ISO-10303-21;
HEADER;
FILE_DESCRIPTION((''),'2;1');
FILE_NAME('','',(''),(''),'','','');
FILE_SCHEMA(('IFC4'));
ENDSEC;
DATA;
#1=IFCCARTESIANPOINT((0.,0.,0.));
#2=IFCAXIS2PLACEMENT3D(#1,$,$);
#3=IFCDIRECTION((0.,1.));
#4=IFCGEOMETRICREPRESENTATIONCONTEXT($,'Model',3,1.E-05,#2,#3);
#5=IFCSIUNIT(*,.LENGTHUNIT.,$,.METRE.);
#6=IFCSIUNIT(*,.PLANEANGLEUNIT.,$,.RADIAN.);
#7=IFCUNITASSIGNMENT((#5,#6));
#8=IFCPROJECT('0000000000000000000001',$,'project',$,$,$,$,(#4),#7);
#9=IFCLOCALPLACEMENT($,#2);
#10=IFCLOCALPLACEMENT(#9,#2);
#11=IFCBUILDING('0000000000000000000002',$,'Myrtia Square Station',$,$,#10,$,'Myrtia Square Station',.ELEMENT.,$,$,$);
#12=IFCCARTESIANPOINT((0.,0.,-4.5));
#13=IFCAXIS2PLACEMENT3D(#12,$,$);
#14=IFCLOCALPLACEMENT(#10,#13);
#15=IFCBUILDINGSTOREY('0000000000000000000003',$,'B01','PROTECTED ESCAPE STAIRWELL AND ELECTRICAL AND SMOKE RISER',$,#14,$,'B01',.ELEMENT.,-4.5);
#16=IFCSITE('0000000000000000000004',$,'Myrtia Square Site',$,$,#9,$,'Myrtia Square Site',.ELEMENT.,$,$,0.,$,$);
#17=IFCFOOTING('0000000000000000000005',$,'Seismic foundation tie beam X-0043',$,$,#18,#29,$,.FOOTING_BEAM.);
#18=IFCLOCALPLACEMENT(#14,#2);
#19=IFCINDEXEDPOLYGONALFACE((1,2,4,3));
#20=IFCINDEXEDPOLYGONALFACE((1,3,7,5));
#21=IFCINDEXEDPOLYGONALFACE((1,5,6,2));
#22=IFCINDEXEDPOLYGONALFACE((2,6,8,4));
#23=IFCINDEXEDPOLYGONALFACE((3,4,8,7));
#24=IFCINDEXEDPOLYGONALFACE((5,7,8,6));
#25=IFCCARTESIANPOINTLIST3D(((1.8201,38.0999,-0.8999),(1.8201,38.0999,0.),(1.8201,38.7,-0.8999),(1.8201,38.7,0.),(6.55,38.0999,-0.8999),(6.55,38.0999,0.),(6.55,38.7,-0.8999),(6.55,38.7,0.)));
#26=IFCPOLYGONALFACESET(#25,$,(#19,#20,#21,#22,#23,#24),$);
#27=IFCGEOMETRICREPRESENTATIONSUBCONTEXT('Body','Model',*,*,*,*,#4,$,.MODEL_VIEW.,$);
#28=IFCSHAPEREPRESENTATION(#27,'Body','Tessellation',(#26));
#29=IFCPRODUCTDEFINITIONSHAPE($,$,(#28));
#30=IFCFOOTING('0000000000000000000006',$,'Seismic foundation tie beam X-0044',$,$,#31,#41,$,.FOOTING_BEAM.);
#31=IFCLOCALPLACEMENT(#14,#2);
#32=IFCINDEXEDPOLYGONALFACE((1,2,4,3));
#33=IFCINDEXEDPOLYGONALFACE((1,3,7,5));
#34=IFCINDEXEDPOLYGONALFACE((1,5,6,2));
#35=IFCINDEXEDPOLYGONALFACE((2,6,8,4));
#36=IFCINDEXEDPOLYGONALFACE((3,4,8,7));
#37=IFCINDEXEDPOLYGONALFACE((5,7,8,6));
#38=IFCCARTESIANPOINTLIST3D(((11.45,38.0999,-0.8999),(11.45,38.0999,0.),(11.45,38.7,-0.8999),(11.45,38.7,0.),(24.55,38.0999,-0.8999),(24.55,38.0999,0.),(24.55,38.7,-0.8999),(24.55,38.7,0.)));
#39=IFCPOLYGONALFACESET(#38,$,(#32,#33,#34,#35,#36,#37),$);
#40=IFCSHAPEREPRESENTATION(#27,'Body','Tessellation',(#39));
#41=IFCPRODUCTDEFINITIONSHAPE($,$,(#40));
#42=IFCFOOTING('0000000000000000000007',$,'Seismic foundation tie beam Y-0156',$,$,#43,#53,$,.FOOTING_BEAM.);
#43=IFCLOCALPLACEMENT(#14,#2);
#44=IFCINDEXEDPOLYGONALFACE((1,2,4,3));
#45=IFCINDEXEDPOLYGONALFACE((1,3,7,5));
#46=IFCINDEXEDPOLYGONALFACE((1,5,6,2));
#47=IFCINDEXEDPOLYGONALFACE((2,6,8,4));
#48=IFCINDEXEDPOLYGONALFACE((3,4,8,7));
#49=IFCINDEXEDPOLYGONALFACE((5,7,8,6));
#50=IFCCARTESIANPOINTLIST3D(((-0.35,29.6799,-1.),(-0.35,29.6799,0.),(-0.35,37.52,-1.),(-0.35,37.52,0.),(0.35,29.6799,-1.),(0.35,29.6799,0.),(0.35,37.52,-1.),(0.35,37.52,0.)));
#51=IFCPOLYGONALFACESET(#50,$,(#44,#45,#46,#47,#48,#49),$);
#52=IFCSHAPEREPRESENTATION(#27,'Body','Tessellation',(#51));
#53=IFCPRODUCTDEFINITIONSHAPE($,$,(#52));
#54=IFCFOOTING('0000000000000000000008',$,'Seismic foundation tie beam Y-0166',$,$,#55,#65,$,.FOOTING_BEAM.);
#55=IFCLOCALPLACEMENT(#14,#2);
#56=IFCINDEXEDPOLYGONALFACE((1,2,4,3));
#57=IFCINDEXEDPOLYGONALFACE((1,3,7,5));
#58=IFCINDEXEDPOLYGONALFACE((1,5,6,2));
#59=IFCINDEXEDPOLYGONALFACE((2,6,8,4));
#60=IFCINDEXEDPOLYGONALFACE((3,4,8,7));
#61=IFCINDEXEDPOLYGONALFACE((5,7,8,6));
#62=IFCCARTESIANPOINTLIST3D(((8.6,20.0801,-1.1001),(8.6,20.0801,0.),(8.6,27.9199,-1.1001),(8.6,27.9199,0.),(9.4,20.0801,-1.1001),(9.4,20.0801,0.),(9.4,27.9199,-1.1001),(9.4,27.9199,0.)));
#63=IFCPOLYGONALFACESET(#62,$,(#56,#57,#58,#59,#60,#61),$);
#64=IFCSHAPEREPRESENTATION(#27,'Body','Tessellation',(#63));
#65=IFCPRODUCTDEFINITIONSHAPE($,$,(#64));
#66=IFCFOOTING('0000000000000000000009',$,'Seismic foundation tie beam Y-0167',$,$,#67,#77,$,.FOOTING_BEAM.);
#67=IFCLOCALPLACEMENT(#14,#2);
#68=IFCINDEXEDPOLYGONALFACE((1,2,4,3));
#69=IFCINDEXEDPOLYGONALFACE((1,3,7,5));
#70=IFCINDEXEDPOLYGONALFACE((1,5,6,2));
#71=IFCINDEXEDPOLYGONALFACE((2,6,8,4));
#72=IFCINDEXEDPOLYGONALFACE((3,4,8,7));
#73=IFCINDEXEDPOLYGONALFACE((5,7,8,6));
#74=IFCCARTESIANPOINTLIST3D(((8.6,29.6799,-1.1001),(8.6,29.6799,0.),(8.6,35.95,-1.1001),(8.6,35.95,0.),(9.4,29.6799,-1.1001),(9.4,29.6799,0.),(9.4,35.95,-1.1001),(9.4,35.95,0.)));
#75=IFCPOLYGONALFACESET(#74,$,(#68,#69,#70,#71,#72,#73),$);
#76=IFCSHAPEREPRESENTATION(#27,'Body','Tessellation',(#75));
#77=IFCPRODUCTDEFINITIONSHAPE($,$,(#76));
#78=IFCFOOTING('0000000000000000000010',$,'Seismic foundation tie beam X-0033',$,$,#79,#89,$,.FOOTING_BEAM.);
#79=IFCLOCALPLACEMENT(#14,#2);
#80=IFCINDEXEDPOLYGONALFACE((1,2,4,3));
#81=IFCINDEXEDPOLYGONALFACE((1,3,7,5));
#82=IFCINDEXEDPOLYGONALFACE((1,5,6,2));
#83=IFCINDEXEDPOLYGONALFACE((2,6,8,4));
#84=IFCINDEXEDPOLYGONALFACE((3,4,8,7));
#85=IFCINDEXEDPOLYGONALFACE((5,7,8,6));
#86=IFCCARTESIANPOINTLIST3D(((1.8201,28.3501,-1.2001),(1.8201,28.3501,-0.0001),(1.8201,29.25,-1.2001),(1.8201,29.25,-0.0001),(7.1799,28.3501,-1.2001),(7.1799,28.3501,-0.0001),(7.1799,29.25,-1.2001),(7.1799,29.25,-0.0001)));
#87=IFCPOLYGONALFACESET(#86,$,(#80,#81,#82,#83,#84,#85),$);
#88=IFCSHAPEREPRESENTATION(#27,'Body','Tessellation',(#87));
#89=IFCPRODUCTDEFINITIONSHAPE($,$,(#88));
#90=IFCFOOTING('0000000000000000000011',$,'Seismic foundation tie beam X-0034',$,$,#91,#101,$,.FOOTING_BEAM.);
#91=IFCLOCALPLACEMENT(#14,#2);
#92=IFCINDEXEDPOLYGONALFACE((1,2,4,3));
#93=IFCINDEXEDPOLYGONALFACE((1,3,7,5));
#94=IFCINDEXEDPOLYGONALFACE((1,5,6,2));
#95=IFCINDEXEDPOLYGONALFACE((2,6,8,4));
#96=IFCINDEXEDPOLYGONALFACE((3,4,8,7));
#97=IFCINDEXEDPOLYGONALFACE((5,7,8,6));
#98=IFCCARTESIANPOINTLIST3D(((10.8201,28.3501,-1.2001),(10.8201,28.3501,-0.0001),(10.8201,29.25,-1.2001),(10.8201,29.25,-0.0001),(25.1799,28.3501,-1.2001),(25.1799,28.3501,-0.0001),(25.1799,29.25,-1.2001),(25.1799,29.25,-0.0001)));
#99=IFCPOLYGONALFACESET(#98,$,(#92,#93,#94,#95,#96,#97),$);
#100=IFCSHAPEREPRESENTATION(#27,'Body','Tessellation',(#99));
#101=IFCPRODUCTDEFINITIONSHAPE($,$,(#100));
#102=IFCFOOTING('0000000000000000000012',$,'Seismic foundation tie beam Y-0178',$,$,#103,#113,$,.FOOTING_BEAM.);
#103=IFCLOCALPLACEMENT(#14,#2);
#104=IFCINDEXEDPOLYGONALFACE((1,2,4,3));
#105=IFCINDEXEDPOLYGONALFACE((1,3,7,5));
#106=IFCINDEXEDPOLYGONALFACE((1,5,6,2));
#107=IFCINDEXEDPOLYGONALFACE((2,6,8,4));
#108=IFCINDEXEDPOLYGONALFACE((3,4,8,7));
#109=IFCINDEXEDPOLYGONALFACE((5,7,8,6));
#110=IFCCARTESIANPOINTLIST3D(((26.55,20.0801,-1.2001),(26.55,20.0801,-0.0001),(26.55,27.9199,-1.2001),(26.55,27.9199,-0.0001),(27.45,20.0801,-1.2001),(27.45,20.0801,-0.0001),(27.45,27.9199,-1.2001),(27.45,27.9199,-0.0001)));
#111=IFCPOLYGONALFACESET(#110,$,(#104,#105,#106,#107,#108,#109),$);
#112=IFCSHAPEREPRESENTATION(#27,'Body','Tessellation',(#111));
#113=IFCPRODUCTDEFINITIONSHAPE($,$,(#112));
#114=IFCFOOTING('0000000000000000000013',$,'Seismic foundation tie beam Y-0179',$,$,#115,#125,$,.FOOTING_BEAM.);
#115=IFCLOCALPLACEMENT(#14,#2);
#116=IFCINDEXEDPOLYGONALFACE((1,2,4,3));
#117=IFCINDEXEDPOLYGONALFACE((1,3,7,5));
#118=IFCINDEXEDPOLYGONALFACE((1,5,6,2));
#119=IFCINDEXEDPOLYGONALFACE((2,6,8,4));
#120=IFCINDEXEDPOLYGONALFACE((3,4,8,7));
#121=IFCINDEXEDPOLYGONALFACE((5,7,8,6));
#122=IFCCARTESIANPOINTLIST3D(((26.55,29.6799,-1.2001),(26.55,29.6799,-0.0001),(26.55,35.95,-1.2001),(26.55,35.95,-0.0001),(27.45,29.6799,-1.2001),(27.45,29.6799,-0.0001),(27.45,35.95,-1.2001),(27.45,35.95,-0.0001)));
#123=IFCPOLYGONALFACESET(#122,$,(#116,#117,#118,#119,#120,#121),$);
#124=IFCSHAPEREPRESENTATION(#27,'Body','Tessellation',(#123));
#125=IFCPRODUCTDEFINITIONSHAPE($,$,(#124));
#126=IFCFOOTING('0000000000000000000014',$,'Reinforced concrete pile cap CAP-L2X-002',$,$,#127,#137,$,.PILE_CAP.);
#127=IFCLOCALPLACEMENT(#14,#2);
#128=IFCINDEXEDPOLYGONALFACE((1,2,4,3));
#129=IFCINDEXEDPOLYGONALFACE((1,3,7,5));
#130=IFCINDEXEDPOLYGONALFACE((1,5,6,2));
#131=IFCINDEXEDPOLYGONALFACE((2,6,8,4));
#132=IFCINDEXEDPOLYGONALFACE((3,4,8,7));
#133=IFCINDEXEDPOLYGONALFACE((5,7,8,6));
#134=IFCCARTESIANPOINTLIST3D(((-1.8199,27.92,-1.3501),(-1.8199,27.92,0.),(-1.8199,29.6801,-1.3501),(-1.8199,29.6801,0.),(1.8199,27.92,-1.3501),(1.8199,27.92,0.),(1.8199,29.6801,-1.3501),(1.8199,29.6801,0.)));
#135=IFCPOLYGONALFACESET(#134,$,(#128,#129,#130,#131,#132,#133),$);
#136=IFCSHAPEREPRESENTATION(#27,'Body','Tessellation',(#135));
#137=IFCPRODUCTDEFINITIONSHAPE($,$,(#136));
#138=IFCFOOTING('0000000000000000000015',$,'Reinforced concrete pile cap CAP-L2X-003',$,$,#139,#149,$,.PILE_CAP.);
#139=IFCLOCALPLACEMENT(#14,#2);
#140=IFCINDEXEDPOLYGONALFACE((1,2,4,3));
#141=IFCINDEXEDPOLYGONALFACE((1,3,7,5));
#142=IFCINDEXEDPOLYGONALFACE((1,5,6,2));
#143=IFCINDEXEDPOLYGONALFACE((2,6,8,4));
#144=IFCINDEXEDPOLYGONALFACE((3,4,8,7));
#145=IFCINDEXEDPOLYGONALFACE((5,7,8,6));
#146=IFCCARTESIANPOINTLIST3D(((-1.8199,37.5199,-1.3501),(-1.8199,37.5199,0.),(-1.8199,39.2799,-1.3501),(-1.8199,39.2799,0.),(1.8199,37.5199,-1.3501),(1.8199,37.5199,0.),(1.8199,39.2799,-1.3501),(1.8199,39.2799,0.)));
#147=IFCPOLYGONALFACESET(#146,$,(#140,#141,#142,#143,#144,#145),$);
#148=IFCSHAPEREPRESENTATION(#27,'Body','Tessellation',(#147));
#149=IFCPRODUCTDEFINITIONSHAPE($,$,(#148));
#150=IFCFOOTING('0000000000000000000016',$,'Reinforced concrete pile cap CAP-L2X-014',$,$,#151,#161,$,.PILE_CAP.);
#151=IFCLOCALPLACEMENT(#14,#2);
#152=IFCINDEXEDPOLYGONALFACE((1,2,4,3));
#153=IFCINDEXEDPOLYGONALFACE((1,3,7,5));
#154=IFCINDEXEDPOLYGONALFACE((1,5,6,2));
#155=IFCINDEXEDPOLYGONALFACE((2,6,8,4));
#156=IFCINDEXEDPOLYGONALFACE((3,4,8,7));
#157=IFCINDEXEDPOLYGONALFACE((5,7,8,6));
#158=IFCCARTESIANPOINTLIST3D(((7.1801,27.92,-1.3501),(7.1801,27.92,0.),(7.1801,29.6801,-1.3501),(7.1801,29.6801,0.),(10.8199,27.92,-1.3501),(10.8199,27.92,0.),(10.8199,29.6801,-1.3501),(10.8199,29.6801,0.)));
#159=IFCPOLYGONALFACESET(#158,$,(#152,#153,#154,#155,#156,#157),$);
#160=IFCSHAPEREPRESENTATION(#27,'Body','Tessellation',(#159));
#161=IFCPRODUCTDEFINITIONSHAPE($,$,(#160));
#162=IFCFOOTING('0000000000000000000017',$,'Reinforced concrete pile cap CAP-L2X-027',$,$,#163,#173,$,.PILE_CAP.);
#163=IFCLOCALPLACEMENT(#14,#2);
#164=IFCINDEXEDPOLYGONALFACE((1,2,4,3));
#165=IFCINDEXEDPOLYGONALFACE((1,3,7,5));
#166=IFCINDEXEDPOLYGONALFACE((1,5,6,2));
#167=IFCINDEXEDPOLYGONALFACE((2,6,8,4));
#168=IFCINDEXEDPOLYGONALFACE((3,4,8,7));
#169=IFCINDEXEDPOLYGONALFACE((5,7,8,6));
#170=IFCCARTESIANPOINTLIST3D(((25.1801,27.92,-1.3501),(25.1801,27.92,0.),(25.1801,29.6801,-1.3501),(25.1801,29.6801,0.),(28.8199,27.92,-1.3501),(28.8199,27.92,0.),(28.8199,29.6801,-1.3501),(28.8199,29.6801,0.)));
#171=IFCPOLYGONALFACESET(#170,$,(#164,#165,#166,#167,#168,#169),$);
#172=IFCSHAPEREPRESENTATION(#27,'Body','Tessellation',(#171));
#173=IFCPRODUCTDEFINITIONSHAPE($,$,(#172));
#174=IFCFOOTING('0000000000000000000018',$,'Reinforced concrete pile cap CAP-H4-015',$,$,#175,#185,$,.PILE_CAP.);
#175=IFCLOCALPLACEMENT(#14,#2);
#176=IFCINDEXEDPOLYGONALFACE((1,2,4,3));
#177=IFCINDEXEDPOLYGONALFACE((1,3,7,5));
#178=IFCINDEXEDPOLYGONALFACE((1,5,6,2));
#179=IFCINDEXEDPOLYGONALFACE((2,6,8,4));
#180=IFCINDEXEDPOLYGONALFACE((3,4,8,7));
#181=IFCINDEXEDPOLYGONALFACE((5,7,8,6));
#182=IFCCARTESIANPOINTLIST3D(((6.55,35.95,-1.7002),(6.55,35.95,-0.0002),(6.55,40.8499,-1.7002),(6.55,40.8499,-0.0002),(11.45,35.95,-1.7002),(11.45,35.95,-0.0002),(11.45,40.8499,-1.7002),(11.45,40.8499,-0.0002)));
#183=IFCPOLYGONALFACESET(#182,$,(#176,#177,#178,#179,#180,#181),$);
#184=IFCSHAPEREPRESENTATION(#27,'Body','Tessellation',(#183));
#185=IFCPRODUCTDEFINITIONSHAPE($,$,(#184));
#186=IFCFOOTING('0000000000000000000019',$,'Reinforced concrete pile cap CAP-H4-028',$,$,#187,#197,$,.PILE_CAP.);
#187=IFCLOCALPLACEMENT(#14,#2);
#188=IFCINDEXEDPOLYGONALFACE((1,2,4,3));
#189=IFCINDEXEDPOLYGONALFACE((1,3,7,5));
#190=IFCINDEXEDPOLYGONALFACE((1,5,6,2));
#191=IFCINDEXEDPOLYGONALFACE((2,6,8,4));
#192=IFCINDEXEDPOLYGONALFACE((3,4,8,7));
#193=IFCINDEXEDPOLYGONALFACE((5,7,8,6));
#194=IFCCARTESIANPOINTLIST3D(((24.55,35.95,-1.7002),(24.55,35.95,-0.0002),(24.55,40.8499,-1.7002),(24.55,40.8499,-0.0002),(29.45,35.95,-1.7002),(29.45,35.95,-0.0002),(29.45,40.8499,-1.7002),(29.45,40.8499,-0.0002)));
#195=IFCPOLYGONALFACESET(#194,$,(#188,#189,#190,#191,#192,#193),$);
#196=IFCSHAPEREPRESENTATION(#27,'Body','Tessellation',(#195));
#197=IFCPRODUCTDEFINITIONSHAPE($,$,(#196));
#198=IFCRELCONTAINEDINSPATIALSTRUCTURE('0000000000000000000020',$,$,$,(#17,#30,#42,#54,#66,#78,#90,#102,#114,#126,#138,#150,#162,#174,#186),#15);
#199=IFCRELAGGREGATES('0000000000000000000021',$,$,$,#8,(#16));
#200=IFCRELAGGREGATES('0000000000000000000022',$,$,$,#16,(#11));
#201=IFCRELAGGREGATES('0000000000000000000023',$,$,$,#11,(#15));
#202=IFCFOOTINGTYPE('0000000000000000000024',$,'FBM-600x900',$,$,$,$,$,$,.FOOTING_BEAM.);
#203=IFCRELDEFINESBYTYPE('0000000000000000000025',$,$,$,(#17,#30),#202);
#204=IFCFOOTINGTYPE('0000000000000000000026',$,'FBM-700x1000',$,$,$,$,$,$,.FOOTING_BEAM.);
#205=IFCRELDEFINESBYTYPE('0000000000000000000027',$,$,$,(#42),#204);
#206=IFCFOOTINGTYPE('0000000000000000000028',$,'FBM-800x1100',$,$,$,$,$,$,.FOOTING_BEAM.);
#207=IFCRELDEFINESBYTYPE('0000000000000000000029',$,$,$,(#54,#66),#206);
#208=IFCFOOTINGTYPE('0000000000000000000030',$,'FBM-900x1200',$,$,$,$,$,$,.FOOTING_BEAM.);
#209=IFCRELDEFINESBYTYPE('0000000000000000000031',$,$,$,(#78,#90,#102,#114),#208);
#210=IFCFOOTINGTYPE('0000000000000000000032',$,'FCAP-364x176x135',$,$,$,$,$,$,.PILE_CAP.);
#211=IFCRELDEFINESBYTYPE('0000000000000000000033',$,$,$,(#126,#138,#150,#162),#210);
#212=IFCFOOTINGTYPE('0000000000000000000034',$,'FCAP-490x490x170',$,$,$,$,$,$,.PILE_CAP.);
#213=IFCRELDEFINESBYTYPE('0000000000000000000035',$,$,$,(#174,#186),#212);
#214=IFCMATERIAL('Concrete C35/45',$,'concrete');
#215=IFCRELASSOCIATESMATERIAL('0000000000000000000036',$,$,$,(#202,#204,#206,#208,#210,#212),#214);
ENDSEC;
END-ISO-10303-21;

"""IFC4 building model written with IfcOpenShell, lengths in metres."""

from ifc_helpers import new_model, si_unit, direction, frame, origin, origin_2d, place, context, subcontext, project, spatial, rectangle, extrude, material, material_profile, profile_set, type_object, element, save


model = new_model("IFC4")

# Units and contexts
model_context = context("Model", 3, precision=1e-05, world=origin(), true_north=direction((0.0, 1.0)))
body_context = subcontext(model_context, "Body", "Model", "MODEL_VIEW")
ifc_project = project(units=[si_unit("LENGTHUNIT", "METRE"), si_unit("PLANEANGLEUNIT", "RADIAN")], contexts=[model_context])

# Site, building, storey
site_placement = place(None, origin())
site = spatial("IfcSite", under=ifc_project, at=site_placement, Name="Myrtia Square Site", LongName="Myrtia Square Site", CompositionType="ELEMENT", RefElevation=0.0)
building_placement = place(site_placement, origin())
building = spatial("IfcBuilding", under=site, at=building_placement, Name="Myrtia Square Station", LongName="Myrtia Square Station", CompositionType="ELEMENT")
storey_placement = place(building_placement, frame((0.0, 0.0, -4.5)))
storey = spatial("IfcBuildingStorey", under=building, at=storey_placement, Name="B01", Description="PROTECTED ESCAPE STAIRWELL AND ELECTRICAL AND SMOKE RISER", LongName="B01", CompositionType="ELEMENT", Elevation=-4.5)

# Footings
ifc_material_1 = material(Name="Concrete C35/45", Category="concrete")
ifc_material_profile_1 = material_profile(ifc_material_1, rectangle(XDim=0.6001, YDim=0.8999, at=origin_2d()), Name="FB 600x900")
ifc_profile_set_1 = profile_set([ifc_material_profile_1], Name="Concrete C35/45")
footing_type_1 = type_object("IfcFootingType", Name="FBM-600x900", PredefinedType="FOOTING_BEAM", material=ifc_profile_set_1)
footing_1_placement = place(storey_placement, frame((1.8201, 38.3999, -0.45), z_axis=(1.0, 0.0, 0.0), x_axis=(0.0, 1.0, 0.0)))
element("IfcFooting", 1, at=footing_1_placement, inside=storey, type_object=footing_type_1, Name="Seismic foundation tie beam X-0043", PredefinedType="FOOTING_BEAM", context=body_context, shape_type="SweptSolid", body=[
    extrude(rectangle(XDim=0.6001, YDim=0.8999, at=origin_2d()), origin(), (0.0, 0.0, 1.0), 4.73),
])
footing_2_placement = place(storey_placement, frame((11.45, 38.3999, -0.45), z_axis=(1.0, 0.0, 0.0), x_axis=(0.0, 1.0, 0.0)))
element("IfcFooting", 2, at=footing_2_placement, inside=storey, type_object=footing_type_1, Name="Seismic foundation tie beam X-0044", PredefinedType="FOOTING_BEAM", context=body_context, shape_type="SweptSolid", body=[
    extrude(rectangle(XDim=0.6001, YDim=0.8999, at=origin_2d()), origin(), (0.0, 0.0, 1.0), 13.1001),
])
ifc_material_profile_2 = material_profile(ifc_material_1, rectangle(XDim=0.7, YDim=1.0, at=origin_2d()), Name="FB 700x1000")
ifc_profile_set_2 = profile_set([ifc_material_profile_2], Name="Concrete C35/45")
footing_type_2 = type_object("IfcFootingType", Name="FBM-700x1000", PredefinedType="FOOTING_BEAM", material=ifc_profile_set_2)
footing_3_placement = place(storey_placement, frame((0.0, 29.6799, -0.5), z_axis=(0.0, 1.0, 0.0), x_axis=(-1.0, 0.0, 0.0)))
element("IfcFooting", 3, at=footing_3_placement, inside=storey, type_object=footing_type_2, Name="Seismic foundation tie beam Y-0156", PredefinedType="FOOTING_BEAM", context=body_context, shape_type="SweptSolid", body=[
    extrude(rectangle(XDim=0.7, YDim=1.0, at=origin_2d()), origin(), (0.0, 0.0, 1.0), 7.8401),
])
ifc_material_profile_3 = material_profile(ifc_material_1, rectangle(XDim=0.8, YDim=1.1001, at=origin_2d()), Name="FB 800x1100")
ifc_profile_set_3 = profile_set([ifc_material_profile_3], Name="Concrete C35/45")
footing_type_3 = type_object("IfcFootingType", Name="FBM-800x1100", PredefinedType="FOOTING_BEAM", material=ifc_profile_set_3)
footing_4_placement = place(storey_placement, frame((9.0, 20.0801, -0.55), z_axis=(0.0, 1.0, 0.0), x_axis=(-1.0, 0.0, 0.0)))
element("IfcFooting", 4, at=footing_4_placement, inside=storey, type_object=footing_type_3, Name="Seismic foundation tie beam Y-0166", PredefinedType="FOOTING_BEAM", context=body_context, shape_type="SweptSolid", body=[
    extrude(rectangle(XDim=0.8, YDim=1.1001, at=origin_2d()), origin(), (0.0, 0.0, 1.0), 7.8398),
])
footing_5_placement = place(storey_placement, frame((9.0, 29.6799, -0.55), z_axis=(0.0, 1.0, 0.0), x_axis=(-1.0, 0.0, 0.0)))
element("IfcFooting", 5, at=footing_5_placement, inside=storey, type_object=footing_type_3, Name="Seismic foundation tie beam Y-0167", PredefinedType="FOOTING_BEAM", context=body_context, shape_type="SweptSolid", body=[
    extrude(rectangle(XDim=0.8, YDim=1.1001, at=origin_2d()), origin(), (0.0, 0.0, 1.0), 6.27),
])
ifc_material_profile_4 = material_profile(ifc_material_1, rectangle(XDim=0.8999, YDim=1.2, at=origin_2d()), Name="FB 900x1200")
ifc_profile_set_4 = profile_set([ifc_material_profile_4], Name="Concrete C35/45")
footing_type_4 = type_object("IfcFootingType", Name="FBM-900x1200", PredefinedType="FOOTING_BEAM", material=ifc_profile_set_4)
footing_6_placement = place(storey_placement, frame((1.8201, 28.8, -0.6001), z_axis=(1.0, 0.0, 0.0), x_axis=(0.0, 1.0, 0.0)))
element("IfcFooting", 6, at=footing_6_placement, inside=storey, type_object=footing_type_4, Name="Seismic foundation tie beam X-0033", PredefinedType="FOOTING_BEAM", context=body_context, shape_type="SweptSolid", body=[
    extrude(rectangle(XDim=0.8999, YDim=1.2, at=origin_2d()), origin(), (0.0, 0.0, 1.0), 5.3599),
])
footing_7_placement = place(storey_placement, frame((10.8201, 28.8, -0.6001), z_axis=(1.0, 0.0, 0.0), x_axis=(0.0, 1.0, 0.0)))
element("IfcFooting", 7, at=footing_7_placement, inside=storey, type_object=footing_type_4, Name="Seismic foundation tie beam X-0034", PredefinedType="FOOTING_BEAM", context=body_context, shape_type="SweptSolid", body=[
    extrude(rectangle(XDim=0.8999, YDim=1.2, at=origin_2d()), origin(), (0.0, 0.0, 1.0), 14.3599),
])
footing_8_placement = place(storey_placement, frame((27.0, 20.0801, -0.6001), z_axis=(0.0, 1.0, 0.0), x_axis=(-1.0, 0.0, 0.0)))
element("IfcFooting", 8, at=footing_8_placement, inside=storey, type_object=footing_type_4, Name="Seismic foundation tie beam Y-0178", PredefinedType="FOOTING_BEAM", context=body_context, shape_type="SweptSolid", body=[
    extrude(rectangle(XDim=0.8999, YDim=1.2, at=origin_2d()), origin(), (0.0, 0.0, 1.0), 7.8398),
])
footing_9_placement = place(storey_placement, frame((27.0, 29.6799, -0.6001), z_axis=(0.0, 1.0, 0.0), x_axis=(-1.0, 0.0, 0.0)))
element("IfcFooting", 9, at=footing_9_placement, inside=storey, type_object=footing_type_4, Name="Seismic foundation tie beam Y-0179", PredefinedType="FOOTING_BEAM", context=body_context, shape_type="SweptSolid", body=[
    extrude(rectangle(XDim=0.8999, YDim=1.2, at=origin_2d()), origin(), (0.0, 0.0, 1.0), 6.27),
])
footing_type_5 = type_object("IfcFootingType", Name="FCAP-364x176x135", PredefinedType="PILE_CAP", material=ifc_material_1)
for number, where, z_axis, x_axis, name in (
    (10, (0.0, 28.8, -1.3501), (0.0, 0.0, 1.0), (1.0, 0.0, 0.0), "Reinforced concrete pile cap CAP-L2X-002"),
    (11, (0.0, 38.3999, -1.3501), (0.0, 0.0, 1.0), (1.0, 0.0, 0.0), "Reinforced concrete pile cap CAP-L2X-003"),
    (12, (9.0, 28.8, -1.3501), (0.0, 0.0, 1.0), (1.0, 0.0, 0.0), "Reinforced concrete pile cap CAP-L2X-014"),
    (13, (27.0, 28.8, -1.3501), (0.0, 0.0, 1.0), (1.0, 0.0, 0.0), "Reinforced concrete pile cap CAP-L2X-027"),
):
    element("IfcFooting", number, at=place(storey_placement, frame(where, z_axis=z_axis, x_axis=x_axis)), inside=storey, type_object=footing_type_5, Name=name, PredefinedType="PILE_CAP", context=body_context, shape_type="SweptSolid", body=[
        extrude(rectangle(XDim=3.6399, YDim=1.76, at=origin_2d()), origin(), (0.0, 0.0, 1.0), 1.3501),
    ])
footing_type_6 = type_object("IfcFootingType", Name="FCAP-490x490x170", PredefinedType="PILE_CAP", material=ifc_material_1)
for number, where, z_axis, x_axis, name in (
    (14, (9.0, 38.3999, -1.7002), (0.0, 0.0, 1.0), (1.0, 0.0, 0.0), "Reinforced concrete pile cap CAP-H4-015"),
    (15, (27.0, 38.3999, -1.7002), (0.0, 0.0, 1.0), (1.0, 0.0, 0.0), "Reinforced concrete pile cap CAP-H4-028"),
):
    element("IfcFooting", number, at=place(storey_placement, frame(where, z_axis=z_axis, x_axis=x_axis)), inside=storey, type_object=footing_type_6, Name=name, PredefinedType="PILE_CAP", context=body_context, shape_type="SweptSolid", body=[
        extrude(rectangle(XDim=4.8999, YDim=4.8999, at=origin_2d()), origin(), (0.0, 0.0, 1.0), 1.7),
    ])

save(model, "model.ifc")
